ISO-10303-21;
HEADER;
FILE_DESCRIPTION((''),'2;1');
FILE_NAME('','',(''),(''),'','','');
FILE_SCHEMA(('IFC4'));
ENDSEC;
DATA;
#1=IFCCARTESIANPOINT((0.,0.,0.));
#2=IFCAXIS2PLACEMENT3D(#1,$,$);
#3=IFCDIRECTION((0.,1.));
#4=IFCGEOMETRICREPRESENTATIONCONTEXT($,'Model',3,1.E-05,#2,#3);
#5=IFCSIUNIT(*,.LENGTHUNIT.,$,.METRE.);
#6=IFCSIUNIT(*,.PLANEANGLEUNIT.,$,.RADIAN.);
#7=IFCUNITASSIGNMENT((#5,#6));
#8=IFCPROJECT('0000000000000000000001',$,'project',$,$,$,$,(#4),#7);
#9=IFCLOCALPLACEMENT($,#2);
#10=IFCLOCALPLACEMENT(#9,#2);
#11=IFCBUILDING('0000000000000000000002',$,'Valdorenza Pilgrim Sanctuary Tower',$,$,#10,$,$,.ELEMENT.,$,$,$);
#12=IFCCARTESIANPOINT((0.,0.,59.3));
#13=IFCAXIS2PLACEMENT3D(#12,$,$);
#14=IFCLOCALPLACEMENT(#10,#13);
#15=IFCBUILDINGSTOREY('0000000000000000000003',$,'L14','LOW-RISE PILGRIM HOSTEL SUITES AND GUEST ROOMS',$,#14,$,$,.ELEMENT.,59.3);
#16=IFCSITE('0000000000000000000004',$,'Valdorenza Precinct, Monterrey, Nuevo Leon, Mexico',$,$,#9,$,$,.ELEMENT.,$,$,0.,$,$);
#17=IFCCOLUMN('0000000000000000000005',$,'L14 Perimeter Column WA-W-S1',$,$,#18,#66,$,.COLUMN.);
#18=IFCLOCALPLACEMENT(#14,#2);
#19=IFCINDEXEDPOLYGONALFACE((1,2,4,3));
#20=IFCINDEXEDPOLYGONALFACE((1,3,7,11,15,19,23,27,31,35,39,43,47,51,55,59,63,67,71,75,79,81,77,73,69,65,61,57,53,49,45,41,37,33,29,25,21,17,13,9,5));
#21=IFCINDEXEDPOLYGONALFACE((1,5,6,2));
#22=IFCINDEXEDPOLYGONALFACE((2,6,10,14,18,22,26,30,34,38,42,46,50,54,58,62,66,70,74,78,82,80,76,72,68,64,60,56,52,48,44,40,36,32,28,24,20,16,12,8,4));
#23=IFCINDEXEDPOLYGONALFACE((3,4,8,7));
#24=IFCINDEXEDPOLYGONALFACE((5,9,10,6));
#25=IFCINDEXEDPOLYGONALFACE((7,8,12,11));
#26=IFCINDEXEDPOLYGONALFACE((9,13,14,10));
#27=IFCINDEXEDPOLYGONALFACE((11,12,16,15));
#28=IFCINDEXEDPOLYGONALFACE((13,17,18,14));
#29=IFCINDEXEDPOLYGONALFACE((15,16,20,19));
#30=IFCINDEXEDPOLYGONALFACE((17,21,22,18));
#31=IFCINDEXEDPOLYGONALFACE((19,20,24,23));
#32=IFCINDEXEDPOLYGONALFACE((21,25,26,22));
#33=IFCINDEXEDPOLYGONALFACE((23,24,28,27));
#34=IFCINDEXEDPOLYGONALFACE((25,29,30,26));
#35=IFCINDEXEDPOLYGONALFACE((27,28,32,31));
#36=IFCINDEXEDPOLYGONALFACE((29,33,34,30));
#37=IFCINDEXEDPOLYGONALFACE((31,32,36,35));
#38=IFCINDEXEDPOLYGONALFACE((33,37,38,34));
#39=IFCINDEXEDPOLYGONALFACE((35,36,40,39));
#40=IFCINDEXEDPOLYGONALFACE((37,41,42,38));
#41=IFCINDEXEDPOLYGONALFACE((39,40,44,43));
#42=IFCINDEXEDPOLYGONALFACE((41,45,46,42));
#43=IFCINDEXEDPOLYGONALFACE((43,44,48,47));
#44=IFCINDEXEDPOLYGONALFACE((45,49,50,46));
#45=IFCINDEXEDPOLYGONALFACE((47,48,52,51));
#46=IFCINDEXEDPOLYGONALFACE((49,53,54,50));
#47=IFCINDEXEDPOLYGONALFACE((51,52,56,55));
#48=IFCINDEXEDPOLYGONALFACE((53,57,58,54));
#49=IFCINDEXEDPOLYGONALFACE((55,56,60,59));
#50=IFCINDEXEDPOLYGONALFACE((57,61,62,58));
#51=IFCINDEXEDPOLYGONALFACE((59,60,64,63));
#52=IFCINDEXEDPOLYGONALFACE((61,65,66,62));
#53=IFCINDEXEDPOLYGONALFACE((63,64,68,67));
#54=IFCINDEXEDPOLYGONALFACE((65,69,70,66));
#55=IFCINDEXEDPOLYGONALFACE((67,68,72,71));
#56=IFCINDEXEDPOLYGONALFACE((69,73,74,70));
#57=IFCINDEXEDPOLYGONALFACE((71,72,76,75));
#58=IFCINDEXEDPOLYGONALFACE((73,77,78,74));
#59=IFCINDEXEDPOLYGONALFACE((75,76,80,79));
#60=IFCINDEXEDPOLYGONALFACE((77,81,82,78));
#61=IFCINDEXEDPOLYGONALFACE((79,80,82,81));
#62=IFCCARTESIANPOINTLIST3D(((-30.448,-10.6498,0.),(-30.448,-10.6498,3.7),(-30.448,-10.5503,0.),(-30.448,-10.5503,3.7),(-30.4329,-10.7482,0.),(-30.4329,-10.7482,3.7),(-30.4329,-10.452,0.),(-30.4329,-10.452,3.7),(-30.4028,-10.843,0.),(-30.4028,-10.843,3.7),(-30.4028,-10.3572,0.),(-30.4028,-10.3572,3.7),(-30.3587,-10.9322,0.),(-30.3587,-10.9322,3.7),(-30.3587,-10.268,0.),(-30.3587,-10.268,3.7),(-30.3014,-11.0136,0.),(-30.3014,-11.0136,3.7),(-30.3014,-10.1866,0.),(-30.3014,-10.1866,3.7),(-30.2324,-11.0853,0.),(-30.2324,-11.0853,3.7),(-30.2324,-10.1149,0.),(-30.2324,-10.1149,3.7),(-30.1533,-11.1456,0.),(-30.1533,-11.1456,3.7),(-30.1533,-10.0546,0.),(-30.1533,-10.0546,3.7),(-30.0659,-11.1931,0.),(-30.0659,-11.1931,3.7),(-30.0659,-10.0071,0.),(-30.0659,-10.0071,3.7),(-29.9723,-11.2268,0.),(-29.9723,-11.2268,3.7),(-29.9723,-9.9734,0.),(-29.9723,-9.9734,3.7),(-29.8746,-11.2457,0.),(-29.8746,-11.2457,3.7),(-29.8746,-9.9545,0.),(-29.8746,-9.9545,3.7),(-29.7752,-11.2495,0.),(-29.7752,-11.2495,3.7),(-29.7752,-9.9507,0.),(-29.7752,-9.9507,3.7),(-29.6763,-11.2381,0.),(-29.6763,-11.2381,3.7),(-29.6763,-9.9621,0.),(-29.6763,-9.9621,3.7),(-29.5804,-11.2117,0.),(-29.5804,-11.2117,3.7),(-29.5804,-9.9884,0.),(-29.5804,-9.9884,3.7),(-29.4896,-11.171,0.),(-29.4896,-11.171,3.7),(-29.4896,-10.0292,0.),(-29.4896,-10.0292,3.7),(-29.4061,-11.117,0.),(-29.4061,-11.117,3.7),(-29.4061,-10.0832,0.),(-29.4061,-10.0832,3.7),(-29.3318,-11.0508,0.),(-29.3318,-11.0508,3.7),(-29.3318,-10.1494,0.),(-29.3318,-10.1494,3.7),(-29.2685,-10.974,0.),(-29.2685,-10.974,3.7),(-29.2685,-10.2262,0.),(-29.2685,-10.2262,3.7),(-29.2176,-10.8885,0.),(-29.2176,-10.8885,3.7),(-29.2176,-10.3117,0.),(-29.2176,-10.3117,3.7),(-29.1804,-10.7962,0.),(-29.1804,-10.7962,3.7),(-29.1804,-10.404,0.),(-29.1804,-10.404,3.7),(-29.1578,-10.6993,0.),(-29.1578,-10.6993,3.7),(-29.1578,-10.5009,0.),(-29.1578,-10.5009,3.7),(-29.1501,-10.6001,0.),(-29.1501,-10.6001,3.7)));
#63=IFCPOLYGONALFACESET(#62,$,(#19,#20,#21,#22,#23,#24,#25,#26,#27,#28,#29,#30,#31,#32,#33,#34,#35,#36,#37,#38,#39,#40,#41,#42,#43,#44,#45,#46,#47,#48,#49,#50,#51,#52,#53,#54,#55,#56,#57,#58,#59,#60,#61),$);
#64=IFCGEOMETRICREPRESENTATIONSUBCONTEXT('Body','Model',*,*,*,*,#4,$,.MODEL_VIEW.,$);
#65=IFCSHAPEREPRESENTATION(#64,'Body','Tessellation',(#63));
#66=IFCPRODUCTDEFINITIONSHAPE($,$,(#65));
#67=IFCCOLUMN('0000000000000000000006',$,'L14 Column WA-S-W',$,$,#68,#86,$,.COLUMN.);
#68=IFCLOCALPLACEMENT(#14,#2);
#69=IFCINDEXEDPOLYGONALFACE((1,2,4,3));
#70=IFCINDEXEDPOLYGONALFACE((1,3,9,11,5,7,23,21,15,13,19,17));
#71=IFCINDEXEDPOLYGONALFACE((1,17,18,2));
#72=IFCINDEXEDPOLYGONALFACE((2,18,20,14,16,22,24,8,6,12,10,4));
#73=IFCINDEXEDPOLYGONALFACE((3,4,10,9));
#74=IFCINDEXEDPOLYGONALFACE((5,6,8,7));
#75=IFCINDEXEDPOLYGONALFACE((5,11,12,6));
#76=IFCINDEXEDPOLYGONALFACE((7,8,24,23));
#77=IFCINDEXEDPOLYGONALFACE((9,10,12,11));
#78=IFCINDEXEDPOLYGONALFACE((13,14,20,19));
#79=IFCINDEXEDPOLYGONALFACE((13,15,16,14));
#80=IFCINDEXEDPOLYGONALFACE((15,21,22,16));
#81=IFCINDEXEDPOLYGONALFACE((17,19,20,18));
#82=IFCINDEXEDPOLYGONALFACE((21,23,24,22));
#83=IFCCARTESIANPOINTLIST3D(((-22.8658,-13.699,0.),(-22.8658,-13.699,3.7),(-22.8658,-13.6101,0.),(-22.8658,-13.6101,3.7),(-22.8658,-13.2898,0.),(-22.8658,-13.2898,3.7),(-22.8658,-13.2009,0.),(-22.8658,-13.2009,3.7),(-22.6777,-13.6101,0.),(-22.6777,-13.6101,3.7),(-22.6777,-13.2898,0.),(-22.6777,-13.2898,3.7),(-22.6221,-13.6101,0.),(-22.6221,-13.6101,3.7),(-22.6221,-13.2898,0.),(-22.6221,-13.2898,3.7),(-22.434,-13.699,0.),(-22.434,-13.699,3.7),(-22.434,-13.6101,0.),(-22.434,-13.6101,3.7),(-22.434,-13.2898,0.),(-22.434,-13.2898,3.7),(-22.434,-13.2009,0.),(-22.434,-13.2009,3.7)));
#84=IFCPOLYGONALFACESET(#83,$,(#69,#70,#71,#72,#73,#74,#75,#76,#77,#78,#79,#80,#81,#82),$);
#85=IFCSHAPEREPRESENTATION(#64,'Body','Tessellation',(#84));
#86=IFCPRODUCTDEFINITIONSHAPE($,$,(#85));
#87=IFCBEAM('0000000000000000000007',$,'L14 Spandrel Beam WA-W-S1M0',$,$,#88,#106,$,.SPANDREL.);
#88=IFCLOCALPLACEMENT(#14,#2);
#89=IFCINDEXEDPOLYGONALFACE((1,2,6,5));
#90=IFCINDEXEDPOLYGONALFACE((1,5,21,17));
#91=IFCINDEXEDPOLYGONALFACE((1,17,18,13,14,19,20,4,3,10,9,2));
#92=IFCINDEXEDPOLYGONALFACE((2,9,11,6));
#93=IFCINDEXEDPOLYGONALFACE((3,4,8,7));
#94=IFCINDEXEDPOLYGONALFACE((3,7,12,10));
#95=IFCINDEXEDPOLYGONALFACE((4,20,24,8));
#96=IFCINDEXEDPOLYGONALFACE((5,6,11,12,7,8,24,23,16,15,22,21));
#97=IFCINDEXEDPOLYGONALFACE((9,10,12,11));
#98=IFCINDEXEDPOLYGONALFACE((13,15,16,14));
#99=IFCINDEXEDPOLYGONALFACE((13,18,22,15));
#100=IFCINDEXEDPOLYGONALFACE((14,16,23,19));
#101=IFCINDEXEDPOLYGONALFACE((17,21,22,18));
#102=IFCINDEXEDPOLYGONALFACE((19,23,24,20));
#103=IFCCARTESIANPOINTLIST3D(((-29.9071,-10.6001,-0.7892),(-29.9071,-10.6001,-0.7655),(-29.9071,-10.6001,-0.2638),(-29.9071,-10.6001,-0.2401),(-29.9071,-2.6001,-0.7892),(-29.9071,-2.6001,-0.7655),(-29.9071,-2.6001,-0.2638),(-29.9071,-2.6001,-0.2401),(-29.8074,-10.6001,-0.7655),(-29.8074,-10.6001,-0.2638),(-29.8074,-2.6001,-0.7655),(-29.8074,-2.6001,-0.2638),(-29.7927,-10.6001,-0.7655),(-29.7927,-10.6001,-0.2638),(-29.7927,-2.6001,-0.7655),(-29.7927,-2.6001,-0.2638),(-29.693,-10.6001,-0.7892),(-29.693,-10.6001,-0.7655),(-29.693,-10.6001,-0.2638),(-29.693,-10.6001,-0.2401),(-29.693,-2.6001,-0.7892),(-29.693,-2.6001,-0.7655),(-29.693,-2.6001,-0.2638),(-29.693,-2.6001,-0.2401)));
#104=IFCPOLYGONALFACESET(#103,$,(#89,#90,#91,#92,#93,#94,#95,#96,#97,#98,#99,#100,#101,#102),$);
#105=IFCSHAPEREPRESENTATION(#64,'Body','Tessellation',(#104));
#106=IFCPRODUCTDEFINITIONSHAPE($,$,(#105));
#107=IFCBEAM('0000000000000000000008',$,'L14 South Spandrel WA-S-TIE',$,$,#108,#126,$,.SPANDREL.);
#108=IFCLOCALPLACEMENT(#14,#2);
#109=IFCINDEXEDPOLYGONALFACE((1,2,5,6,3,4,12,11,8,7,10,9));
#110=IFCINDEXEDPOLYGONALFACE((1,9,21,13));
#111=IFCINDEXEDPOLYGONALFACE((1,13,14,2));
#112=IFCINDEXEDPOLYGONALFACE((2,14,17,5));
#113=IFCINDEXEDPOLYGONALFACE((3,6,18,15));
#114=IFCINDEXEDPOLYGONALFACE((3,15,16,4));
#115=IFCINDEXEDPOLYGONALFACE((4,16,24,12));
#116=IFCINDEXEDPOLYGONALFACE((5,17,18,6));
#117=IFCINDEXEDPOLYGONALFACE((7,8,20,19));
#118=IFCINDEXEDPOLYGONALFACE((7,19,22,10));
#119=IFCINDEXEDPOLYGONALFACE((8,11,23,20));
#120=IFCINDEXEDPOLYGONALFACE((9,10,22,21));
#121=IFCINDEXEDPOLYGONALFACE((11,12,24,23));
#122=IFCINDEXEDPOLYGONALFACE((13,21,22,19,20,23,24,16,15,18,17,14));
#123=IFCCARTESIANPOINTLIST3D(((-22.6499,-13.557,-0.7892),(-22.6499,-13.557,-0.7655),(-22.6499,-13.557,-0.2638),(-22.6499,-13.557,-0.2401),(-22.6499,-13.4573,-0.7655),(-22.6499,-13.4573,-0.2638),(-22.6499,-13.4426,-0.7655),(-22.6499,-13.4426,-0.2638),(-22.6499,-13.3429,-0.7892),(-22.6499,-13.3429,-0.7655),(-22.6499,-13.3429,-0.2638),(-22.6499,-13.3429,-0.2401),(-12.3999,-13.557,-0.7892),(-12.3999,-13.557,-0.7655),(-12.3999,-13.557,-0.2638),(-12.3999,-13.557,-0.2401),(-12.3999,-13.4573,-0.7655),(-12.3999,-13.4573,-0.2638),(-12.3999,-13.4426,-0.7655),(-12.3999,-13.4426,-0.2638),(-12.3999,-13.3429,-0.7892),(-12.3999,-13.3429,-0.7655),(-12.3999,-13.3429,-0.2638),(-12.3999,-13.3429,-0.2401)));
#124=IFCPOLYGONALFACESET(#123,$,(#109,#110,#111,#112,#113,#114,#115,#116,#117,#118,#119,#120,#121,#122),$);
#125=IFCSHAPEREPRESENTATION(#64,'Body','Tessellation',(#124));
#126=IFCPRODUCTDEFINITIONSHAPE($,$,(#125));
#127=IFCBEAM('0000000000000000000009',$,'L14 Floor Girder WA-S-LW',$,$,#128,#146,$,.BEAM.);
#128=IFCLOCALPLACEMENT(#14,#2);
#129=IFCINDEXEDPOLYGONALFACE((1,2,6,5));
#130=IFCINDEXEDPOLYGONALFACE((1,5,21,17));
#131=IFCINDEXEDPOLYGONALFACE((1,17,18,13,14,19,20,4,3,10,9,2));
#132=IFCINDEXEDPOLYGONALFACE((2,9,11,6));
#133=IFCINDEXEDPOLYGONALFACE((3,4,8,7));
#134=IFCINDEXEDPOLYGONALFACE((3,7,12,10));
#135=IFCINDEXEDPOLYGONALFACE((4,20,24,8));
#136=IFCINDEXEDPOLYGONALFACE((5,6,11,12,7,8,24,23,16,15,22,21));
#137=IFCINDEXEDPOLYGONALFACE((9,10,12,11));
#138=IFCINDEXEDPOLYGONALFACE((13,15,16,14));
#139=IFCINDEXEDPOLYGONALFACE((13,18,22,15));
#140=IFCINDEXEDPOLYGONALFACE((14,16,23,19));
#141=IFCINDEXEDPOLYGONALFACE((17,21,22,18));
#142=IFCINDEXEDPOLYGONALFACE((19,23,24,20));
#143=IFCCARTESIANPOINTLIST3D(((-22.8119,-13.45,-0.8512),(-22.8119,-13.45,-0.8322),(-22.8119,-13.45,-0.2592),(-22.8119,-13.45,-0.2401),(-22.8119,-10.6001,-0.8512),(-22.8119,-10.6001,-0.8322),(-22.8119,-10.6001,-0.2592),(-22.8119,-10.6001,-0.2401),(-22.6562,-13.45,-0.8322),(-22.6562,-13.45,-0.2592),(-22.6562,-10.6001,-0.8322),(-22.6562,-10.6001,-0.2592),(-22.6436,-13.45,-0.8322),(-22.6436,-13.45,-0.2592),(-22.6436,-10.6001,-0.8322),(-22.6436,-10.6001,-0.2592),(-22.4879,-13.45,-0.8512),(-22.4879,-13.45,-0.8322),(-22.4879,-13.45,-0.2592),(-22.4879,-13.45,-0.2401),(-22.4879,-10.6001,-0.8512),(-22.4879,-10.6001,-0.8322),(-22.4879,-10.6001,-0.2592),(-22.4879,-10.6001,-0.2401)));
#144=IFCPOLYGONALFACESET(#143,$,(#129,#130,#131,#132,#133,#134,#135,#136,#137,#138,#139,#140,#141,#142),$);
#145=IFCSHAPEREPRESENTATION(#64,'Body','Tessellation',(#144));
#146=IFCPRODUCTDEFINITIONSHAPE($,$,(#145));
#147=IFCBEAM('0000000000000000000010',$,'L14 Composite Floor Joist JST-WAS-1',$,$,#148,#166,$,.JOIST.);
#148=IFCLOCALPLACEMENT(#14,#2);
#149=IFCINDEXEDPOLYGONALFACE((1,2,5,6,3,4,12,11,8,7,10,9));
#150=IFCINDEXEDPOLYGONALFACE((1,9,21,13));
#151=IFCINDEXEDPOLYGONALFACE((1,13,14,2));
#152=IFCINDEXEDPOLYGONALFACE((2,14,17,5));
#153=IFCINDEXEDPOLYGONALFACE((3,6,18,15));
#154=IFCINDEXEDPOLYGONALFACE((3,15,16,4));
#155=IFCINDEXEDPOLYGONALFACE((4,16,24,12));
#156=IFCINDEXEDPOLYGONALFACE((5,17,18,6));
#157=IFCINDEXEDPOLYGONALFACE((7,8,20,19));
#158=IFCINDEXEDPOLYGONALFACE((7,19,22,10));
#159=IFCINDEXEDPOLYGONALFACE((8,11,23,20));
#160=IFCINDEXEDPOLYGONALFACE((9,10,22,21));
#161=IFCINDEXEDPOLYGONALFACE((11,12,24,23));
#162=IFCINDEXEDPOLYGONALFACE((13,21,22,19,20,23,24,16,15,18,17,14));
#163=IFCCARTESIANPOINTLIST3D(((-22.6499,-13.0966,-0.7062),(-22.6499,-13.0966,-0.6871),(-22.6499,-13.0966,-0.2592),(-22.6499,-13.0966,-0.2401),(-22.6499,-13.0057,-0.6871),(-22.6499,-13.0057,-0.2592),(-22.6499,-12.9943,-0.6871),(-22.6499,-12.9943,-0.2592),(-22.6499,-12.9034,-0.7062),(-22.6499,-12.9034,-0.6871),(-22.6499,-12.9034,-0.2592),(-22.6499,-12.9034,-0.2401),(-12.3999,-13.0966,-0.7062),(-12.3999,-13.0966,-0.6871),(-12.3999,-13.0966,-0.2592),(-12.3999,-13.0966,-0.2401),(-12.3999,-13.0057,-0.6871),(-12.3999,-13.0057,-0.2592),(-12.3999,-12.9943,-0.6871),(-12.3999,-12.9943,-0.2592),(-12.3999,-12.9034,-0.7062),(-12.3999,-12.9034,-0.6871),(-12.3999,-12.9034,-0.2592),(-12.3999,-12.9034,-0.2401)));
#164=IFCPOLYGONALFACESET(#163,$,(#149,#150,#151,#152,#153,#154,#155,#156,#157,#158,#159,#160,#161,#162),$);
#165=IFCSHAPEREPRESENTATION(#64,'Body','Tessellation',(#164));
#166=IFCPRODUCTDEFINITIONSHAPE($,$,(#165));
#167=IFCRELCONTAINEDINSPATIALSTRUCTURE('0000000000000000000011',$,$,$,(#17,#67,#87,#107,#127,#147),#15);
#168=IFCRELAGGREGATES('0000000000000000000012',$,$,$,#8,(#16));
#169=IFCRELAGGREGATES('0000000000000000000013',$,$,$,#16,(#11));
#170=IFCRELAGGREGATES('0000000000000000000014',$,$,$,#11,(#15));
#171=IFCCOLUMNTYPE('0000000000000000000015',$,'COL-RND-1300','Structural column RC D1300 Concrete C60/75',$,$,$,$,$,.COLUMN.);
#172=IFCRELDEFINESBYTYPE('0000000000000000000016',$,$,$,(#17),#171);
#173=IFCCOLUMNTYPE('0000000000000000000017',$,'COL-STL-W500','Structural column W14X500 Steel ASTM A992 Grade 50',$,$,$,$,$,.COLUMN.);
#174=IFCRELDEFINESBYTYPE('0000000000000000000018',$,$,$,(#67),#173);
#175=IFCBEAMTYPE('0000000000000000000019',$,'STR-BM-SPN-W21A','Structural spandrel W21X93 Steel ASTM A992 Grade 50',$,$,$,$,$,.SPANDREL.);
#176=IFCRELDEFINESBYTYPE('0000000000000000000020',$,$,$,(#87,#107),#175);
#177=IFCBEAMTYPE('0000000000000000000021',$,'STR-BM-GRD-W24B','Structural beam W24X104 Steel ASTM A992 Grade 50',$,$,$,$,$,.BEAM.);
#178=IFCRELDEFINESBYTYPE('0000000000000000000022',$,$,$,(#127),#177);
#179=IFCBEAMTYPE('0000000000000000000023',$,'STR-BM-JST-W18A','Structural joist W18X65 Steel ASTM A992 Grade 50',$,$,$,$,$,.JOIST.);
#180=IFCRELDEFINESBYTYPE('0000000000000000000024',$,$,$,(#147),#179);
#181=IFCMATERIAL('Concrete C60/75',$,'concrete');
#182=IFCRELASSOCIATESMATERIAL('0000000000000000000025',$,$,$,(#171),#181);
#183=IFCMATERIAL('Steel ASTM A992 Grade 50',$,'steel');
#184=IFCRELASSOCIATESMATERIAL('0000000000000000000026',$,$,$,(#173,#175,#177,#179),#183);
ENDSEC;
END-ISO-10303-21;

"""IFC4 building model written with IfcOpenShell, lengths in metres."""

from ifc_helpers import new_model, si_unit, direction, frame, origin, origin_2d, place, context, subcontext, project, spatial, circle, i_section, extrude, source, transform, mapped, material, material_profile, profile_set, type_object, element, save


model = new_model("IFC4")

# Units and contexts
model_context = context("Model", 3, precision=1e-05, world=origin(), true_north=direction((0.0, 1.0)))
body_context = subcontext(model_context, "Body", "Model", "MODEL_VIEW")
ifc_project = project(units=[si_unit("LENGTHUNIT", "METRE"), si_unit("PLANEANGLEUNIT", "RADIAN")], contexts=[model_context])

# Site, building, storey
site_placement = place(None, origin())
site = spatial("IfcSite", under=ifc_project, at=site_placement, Name="Valdorenza Precinct, Monterrey, Nuevo Leon, Mexico", CompositionType="ELEMENT", RefElevation=0.0)
building_placement = place(site_placement, origin())
building = spatial("IfcBuilding", under=site, at=building_placement, Name="Valdorenza Pilgrim Sanctuary Tower", CompositionType="ELEMENT")
storey_placement = place(building_placement, frame((0.0, 0.0, 59.3)))
storey = spatial("IfcBuildingStorey", under=building, at=storey_placement, Name="L14", Description="LOW-RISE PILGRIM HOSTEL SUITES AND GUEST ROOMS", CompositionType="ELEMENT", Elevation=59.3)

# Columns
ifc_material_1 = material(Name="Concrete C60/75", Category="concrete")
ifc_material_profile_1 = material_profile(ifc_material_1, circle(Radius=0.6499, at=origin_2d()), Name="RC D1300")
ifc_profile_set_1 = profile_set([ifc_material_profile_1], Name="Concrete C60/75")
column_type_1 = type_object("IfcColumnType", Name="COL-RND-1300", Description="Structural column RC D1300 Concrete C60/75", PredefinedType="COLUMN", material=ifc_profile_set_1)
shared_shape_1 = source(origin(), body_context, "Body", "SweptSolid", [
    extrude(circle(Radius=0.6499, at=origin_2d()), origin(), (0.0, 0.0, 1.0), 3.7),
])
column_1_placement = place(storey_placement, frame((-29.8, -10.6001, 0.0), z_axis=(0.0, 0.0, 1.0), x_axis=(1.0, 0.0, 0.0)))
element("IfcColumn", 1, at=column_1_placement, inside=storey, type_object=column_type_1, Name="L14 Perimeter Column WA-W-S1", PredefinedType="COLUMN", context=body_context, shape_type="MappedRepresentation", body=[
    mapped(shared_shape_1, transform((0.0, 0.0, 0.0), x_axis=(1.0, 0.0, 0.0), y_axis=(0.0, 1.0, 0.0), z_axis=(0.0, 0.0, 1.0), scale=1.0)),
])
ifc_material_2 = material(Name="Steel ASTM A992 Grade 50", Category="steel")
ifc_material_profile_2 = material_profile(ifc_material_2, i_section(OverallWidth=0.4319, OverallDepth=0.498, WebThickness=0.0557, FlangeThickness=0.0889, at=origin_2d()), Name="W14X500")
ifc_profile_set_2 = profile_set([ifc_material_profile_2], Name="Steel ASTM A992 Grade 50")
column_type_2 = type_object("IfcColumnType", Name="COL-STL-W500", Description="Structural column W14X500 Steel ASTM A992 Grade 50", PredefinedType="COLUMN", material=ifc_profile_set_2)
shared_shape_2 = source(origin(), body_context, "Body", "SweptSolid", [
    extrude(i_section(OverallWidth=0.4319, OverallDepth=0.498, WebThickness=0.0557, FlangeThickness=0.0889, at=origin_2d()), origin(), (0.0, 0.0, 1.0), 3.7),
])
column_2_placement = place(storey_placement, frame((-22.6499, -13.45, 0.0), z_axis=(0.0, 0.0, 1.0), x_axis=(1.0, 0.0, 0.0)))
element("IfcColumn", 2, at=column_2_placement, inside=storey, type_object=column_type_2, Name="L14 Column WA-S-W", PredefinedType="COLUMN", context=body_context, shape_type="MappedRepresentation", body=[
    mapped(shared_shape_2, transform((0.0, 0.0, 0.0), x_axis=(1.0, 0.0, 0.0), y_axis=(0.0, 1.0, 0.0), z_axis=(0.0, 0.0, 1.0), scale=1.0)),
])

# Beams
ifc_material_profile_3 = material_profile(ifc_material_2, i_section(OverallWidth=0.2141, OverallDepth=0.5491, WebThickness=0.0146, FlangeThickness=0.0237, at=origin_2d()), Name="W21X93")
ifc_profile_set_3 = profile_set([ifc_material_profile_3], Name="Steel ASTM A992 Grade 50")
beam_type_1 = type_object("IfcBeamType", Name="STR-BM-SPN-W21A", Description="Structural spandrel W21X93 Steel ASTM A992 Grade 50", PredefinedType="SPANDREL", material=ifc_profile_set_3)
shared_shape_3 = source(origin(), body_context, "Body", "SweptSolid", [
    extrude(i_section(OverallWidth=0.2141, OverallDepth=0.5491, WebThickness=0.0146, FlangeThickness=0.0237, at=origin_2d()), origin(), (0.0, 0.0, 1.0), 8.0),
])
beam_1_placement = place(storey_placement, frame((-29.8, -10.6001, -0.5146), z_axis=(0.0, 1.0, 0.0), x_axis=(-1.0, 0.0, 0.0)))
element("IfcBeam", 3, at=beam_1_placement, inside=storey, type_object=beam_type_1, Name="L14 Spandrel Beam WA-W-S1M0", PredefinedType="SPANDREL", context=body_context, shape_type="MappedRepresentation", body=[
    mapped(shared_shape_3, transform((0.0, 0.0, 0.0), x_axis=(1.0, 0.0, 0.0), y_axis=(0.0, 1.0, 0.0), z_axis=(0.0, 0.0, 1.0), scale=1.0)),
])
shared_shape_4 = source(origin(), body_context, "Body", "SweptSolid", [
    extrude(i_section(OverallWidth=0.2141, OverallDepth=0.5491, WebThickness=0.0146, FlangeThickness=0.0237, at=origin_2d()), origin(), (0.0, 0.0, 1.0), 10.25),
])
beam_2_placement = place(storey_placement, frame((-22.6499, -13.45, -0.5146), z_axis=(1.0, 0.0, 0.0), x_axis=(0.0, 1.0, 0.0)))
element("IfcBeam", 4, at=beam_2_placement, inside=storey, type_object=beam_type_1, Name="L14 South Spandrel WA-S-TIE", PredefinedType="SPANDREL", context=body_context, shape_type="MappedRepresentation", body=[
    mapped(shared_shape_4, transform((0.0, 0.0, 0.0), x_axis=(1.0, 0.0, 0.0), y_axis=(0.0, 1.0, 0.0), z_axis=(0.0, 0.0, 1.0), scale=1.0)),
])
ifc_material_profile_4 = material_profile(ifc_material_2, i_section(OverallWidth=0.324, OverallDepth=0.6111, WebThickness=0.0127, FlangeThickness=0.019, at=origin_2d()), Name="W24X104")
ifc_profile_set_4 = profile_set([ifc_material_profile_4], Name="Steel ASTM A992 Grade 50")
beam_type_2 = type_object("IfcBeamType", Name="STR-BM-GRD-W24B", Description="Structural beam W24X104 Steel ASTM A992 Grade 50", PredefinedType="BEAM", material=ifc_profile_set_4)
shared_shape_5 = source(origin(), body_context, "Body", "SweptSolid", [
    extrude(i_section(OverallWidth=0.324, OverallDepth=0.6111, WebThickness=0.0127, FlangeThickness=0.019, at=origin_2d()), origin(), (0.0, 0.0, 1.0), 2.8499),
])
beam_3_placement = place(storey_placement, frame((-22.6499, -13.45, -0.5457), z_axis=(0.0, 1.0, 0.0), x_axis=(-1.0, 0.0, 0.0)))
element("IfcBeam", 5, at=beam_3_placement, inside=storey, type_object=beam_type_2, Name="L14 Floor Girder WA-S-LW", PredefinedType="BEAM", context=body_context, shape_type="MappedRepresentation", body=[
    mapped(shared_shape_5, transform((0.0, 0.0, 0.0), x_axis=(1.0, 0.0, 0.0), y_axis=(0.0, 1.0, 0.0), z_axis=(0.0, 0.0, 1.0), scale=1.0)),
])
ifc_material_profile_5 = material_profile(ifc_material_2, i_section(OverallWidth=0.1931, OverallDepth=0.4661, WebThickness=0.0115, FlangeThickness=0.019, at=origin_2d()), Name="W18X65")
ifc_profile_set_5 = profile_set([ifc_material_profile_5], Name="Steel ASTM A992 Grade 50")
beam_type_3 = type_object("IfcBeamType", Name="STR-BM-JST-W18A", Description="Structural joist W18X65 Steel ASTM A992 Grade 50", PredefinedType="JOIST", material=ifc_profile_set_5)
shared_shape_6 = source(origin(), body_context, "Body", "SweptSolid", [
    extrude(i_section(OverallWidth=0.1931, OverallDepth=0.4661, WebThickness=0.0115, FlangeThickness=0.019, at=origin_2d()), origin(), (0.0, 0.0, 1.0), 10.25),
])
beam_4_placement = place(storey_placement, frame((-22.6499, -13.0, -0.4731), z_axis=(1.0, 0.0, 0.0), x_axis=(0.0, 1.0, 0.0)))
element("IfcBeam", 6, at=beam_4_placement, inside=storey, type_object=beam_type_3, Name="L14 Composite Floor Joist JST-WAS-1", PredefinedType="JOIST", context=body_context, shape_type="MappedRepresentation", body=[
    mapped(shared_shape_6, transform((0.0, 0.0, 0.0), x_axis=(1.0, 0.0, 0.0), y_axis=(0.0, 1.0, 0.0), z_axis=(0.0, 0.0, 1.0), scale=1.0)),
])

save(model, "model.ifc")
